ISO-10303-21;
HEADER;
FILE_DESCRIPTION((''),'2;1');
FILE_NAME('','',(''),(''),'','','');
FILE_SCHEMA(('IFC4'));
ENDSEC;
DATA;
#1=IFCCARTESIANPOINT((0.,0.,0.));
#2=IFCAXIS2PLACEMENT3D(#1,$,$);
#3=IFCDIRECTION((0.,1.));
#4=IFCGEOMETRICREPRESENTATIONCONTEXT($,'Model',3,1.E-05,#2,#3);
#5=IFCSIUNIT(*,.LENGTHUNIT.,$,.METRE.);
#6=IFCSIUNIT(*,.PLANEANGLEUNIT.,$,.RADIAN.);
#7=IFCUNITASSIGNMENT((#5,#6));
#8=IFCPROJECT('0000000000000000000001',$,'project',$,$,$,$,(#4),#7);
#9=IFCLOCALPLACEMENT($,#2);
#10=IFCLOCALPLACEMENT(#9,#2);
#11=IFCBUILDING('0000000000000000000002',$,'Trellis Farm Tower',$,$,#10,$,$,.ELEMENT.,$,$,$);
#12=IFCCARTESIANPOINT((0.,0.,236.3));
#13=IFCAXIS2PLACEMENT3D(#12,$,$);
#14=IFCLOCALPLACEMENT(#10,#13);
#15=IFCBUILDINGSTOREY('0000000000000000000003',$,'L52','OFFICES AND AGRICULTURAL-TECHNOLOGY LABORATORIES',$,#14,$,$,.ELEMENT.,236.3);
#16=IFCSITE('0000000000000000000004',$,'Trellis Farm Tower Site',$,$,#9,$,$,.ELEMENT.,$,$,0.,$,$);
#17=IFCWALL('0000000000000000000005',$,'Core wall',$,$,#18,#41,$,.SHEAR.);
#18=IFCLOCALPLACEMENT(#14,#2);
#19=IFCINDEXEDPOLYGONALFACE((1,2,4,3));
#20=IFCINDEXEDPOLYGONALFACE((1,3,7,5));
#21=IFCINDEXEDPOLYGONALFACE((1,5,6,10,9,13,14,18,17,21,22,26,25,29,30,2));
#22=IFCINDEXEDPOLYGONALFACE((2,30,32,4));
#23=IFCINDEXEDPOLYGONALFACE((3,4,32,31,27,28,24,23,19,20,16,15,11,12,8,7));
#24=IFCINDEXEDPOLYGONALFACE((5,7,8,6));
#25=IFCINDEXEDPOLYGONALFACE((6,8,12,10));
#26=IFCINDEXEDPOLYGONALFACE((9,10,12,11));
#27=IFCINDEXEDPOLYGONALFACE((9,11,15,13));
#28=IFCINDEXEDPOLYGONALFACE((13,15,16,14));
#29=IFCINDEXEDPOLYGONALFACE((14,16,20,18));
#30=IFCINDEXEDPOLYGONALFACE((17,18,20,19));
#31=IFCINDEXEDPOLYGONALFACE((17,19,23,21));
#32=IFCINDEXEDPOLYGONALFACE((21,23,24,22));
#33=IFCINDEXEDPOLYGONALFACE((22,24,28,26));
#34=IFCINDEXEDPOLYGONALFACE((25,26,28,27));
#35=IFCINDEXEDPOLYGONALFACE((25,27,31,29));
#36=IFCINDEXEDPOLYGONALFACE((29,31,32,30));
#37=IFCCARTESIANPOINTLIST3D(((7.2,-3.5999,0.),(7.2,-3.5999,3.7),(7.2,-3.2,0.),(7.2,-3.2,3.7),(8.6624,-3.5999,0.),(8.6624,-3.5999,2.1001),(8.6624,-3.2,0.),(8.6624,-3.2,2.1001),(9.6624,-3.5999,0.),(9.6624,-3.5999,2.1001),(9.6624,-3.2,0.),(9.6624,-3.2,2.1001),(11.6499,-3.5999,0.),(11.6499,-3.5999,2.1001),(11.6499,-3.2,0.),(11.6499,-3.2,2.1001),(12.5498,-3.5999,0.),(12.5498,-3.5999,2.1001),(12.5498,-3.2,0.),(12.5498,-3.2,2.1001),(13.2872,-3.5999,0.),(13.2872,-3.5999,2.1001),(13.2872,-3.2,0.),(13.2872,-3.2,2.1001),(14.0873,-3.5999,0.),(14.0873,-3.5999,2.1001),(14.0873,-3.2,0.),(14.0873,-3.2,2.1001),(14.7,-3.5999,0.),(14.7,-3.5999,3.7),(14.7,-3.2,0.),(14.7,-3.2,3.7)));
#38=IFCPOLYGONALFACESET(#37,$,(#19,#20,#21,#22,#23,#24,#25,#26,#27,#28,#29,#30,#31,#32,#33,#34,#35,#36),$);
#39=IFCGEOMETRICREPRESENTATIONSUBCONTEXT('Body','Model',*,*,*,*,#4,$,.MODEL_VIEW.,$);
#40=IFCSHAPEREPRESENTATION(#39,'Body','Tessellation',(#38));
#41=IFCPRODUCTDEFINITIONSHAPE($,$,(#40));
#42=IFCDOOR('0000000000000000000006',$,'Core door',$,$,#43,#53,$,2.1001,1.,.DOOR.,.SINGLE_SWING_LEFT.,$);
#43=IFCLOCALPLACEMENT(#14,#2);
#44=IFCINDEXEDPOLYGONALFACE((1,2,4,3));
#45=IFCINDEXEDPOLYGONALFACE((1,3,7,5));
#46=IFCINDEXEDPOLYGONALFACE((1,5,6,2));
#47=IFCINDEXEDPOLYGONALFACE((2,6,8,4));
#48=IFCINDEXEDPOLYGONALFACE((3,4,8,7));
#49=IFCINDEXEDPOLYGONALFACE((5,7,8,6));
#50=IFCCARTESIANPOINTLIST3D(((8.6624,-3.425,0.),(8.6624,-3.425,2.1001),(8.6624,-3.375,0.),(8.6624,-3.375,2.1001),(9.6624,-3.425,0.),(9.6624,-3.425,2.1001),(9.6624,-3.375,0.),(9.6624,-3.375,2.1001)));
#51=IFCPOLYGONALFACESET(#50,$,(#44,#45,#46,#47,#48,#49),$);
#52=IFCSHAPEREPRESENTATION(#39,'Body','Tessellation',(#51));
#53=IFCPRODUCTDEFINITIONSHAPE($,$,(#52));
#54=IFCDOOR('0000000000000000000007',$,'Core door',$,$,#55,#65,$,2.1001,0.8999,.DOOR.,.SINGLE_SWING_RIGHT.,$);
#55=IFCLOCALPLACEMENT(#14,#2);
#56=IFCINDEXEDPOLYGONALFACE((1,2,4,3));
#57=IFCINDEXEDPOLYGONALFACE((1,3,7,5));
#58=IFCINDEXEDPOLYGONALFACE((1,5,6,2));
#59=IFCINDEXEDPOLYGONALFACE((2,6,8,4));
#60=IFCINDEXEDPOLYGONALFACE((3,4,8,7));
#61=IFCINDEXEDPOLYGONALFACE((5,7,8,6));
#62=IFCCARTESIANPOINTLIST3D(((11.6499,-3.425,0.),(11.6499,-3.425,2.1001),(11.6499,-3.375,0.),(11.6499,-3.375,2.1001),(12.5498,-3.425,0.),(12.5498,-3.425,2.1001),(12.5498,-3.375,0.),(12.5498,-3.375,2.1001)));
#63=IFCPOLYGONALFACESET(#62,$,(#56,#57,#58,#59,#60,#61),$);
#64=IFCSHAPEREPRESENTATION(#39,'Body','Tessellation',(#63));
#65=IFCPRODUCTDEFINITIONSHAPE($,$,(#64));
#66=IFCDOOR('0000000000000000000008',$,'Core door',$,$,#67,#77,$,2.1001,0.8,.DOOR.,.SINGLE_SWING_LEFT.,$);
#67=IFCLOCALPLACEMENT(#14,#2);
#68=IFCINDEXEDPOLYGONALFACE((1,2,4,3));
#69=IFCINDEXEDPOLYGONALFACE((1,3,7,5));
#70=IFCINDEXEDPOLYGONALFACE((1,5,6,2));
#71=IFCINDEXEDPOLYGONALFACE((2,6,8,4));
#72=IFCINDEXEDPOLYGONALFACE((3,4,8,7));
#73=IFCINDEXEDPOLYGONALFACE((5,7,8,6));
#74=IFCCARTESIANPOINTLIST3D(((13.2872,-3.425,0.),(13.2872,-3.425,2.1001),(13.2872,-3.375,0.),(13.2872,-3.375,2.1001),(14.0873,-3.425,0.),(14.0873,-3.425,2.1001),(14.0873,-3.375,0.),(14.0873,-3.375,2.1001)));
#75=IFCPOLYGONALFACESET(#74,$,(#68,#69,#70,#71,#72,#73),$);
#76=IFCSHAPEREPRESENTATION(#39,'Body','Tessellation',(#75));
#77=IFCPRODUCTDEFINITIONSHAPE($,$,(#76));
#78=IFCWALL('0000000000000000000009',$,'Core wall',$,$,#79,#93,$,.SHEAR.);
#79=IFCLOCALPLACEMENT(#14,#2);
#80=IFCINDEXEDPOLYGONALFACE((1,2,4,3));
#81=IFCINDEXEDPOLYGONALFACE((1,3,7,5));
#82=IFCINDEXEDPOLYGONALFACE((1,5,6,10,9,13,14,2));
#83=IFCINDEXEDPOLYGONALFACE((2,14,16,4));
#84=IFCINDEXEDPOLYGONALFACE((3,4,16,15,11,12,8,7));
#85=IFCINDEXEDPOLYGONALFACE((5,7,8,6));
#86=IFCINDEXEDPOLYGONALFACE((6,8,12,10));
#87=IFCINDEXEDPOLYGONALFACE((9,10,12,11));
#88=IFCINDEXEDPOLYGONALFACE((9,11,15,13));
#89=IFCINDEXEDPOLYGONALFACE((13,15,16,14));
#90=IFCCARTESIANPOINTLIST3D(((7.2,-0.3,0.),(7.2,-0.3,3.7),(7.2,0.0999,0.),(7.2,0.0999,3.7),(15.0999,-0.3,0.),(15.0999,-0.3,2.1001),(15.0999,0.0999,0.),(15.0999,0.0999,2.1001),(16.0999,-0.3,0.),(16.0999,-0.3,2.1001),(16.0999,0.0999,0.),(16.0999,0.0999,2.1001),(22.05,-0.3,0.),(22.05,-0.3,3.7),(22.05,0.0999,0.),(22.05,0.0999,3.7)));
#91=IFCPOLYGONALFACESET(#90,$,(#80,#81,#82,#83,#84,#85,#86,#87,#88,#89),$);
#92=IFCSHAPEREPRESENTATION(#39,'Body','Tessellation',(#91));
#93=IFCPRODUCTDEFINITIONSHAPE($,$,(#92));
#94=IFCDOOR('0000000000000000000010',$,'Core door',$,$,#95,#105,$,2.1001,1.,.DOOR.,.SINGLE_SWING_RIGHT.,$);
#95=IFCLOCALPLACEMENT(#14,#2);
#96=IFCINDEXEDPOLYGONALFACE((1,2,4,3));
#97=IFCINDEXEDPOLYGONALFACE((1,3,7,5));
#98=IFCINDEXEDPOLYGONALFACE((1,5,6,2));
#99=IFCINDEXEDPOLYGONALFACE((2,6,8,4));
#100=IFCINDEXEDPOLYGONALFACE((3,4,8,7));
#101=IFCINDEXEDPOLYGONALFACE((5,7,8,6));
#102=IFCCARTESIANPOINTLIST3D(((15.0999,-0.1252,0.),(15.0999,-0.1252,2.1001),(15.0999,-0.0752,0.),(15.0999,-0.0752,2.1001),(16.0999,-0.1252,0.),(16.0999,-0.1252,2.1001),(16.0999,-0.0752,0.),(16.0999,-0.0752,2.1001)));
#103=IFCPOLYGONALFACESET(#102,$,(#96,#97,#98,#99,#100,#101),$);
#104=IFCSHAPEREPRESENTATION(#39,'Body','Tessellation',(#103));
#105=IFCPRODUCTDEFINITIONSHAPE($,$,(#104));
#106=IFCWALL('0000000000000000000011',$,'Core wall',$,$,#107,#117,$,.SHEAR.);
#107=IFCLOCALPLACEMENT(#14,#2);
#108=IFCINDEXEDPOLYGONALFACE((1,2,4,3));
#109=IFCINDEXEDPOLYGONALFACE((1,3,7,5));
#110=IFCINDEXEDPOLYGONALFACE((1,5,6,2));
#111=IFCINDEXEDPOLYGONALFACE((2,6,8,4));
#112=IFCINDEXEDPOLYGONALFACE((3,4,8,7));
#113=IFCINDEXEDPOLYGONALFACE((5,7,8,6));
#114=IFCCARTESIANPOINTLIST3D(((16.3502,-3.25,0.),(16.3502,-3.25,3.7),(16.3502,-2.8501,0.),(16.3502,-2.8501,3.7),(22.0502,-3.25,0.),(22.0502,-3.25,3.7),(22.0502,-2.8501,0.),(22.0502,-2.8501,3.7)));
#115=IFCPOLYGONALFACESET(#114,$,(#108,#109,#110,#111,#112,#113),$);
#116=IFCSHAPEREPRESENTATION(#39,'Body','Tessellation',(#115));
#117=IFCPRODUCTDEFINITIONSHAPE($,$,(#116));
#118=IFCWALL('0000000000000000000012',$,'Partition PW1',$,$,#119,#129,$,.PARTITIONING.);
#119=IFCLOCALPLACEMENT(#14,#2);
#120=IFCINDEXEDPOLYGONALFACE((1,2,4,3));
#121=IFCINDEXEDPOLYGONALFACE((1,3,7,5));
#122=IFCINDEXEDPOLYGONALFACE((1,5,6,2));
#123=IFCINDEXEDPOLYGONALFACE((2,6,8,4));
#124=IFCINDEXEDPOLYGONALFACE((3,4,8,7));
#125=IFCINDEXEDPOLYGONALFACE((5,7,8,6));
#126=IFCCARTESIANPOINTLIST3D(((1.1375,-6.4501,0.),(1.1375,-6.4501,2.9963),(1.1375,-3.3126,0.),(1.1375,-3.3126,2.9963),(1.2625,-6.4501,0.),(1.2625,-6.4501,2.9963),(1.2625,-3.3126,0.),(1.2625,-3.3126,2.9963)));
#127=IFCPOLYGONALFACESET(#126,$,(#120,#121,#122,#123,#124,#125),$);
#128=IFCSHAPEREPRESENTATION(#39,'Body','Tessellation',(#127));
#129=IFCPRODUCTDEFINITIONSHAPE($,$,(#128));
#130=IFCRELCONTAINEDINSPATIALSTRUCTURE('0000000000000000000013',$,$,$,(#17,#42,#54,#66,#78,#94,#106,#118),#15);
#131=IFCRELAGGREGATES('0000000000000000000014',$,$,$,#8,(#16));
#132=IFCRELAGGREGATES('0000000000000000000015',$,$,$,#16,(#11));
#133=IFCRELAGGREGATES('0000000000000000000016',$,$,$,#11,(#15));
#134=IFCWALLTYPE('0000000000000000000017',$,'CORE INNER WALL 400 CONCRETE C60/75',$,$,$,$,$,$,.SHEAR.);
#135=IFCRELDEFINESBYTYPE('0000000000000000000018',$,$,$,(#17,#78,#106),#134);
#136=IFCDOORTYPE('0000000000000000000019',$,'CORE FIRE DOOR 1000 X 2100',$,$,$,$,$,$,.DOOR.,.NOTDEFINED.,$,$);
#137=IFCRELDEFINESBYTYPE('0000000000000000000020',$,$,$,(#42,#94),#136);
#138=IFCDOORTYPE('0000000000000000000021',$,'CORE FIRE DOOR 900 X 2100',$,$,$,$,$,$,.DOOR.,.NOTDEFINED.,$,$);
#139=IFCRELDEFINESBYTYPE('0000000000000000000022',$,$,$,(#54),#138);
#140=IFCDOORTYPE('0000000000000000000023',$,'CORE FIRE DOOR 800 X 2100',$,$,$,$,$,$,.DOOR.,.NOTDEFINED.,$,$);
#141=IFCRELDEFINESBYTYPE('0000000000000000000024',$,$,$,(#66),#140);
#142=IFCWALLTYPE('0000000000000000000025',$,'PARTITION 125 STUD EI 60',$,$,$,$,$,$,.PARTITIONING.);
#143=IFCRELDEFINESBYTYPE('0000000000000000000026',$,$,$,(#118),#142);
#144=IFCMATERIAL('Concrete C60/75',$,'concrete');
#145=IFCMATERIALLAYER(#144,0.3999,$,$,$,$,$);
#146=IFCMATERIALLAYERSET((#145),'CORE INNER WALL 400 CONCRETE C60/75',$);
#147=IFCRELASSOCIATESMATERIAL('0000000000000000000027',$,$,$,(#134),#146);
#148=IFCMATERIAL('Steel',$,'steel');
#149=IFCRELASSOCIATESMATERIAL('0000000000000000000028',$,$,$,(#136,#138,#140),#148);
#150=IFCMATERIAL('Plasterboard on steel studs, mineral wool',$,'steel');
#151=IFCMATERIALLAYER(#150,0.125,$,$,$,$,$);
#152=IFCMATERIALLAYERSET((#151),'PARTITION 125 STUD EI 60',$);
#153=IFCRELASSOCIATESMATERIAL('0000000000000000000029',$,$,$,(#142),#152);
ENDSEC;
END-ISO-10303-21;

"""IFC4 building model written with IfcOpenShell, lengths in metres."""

from ifc_helpers import new_model, si_unit, direction, frame, frame_2d, origin, place, context, subcontext, project, spatial, rectangle, extrude, source, transform, mapped, material, layer, layer_set, type_object, element, fill, save


model = new_model("IFC4")

# Units and contexts
model_context = context("Model", 3, precision=1e-05, world=origin(), true_north=direction((0.0, 1.0)))
body_context = subcontext(model_context, "Body", "Model", "MODEL_VIEW")
ifc_project = project(units=[si_unit("LENGTHUNIT", "METRE"), si_unit("PLANEANGLEUNIT", "RADIAN")], contexts=[model_context])

# Site, building, storey
site_placement = place(None, origin())
site = spatial("IfcSite", under=ifc_project, at=site_placement, Name="Trellis Farm Tower Site", CompositionType="ELEMENT", RefElevation=0.0)
building_placement = place(site_placement, origin())
building = spatial("IfcBuilding", under=site, at=building_placement, Name="Trellis Farm Tower", CompositionType="ELEMENT")
storey_placement = place(building_placement, frame((0.0, 0.0, 236.3)))
storey = spatial("IfcBuildingStorey", under=building, at=storey_placement, Name="L52", Description="OFFICES AND AGRICULTURAL-TECHNOLOGY LABORATORIES", CompositionType="ELEMENT", Elevation=236.3)

# Shared definitions
ifc_material_1 = material(Name="Concrete C60/75", Category="concrete")

# Wall, openings, doors
ifc_layer_1 = layer(ifc_material_1, 0.3999)
ifc_layer_set_1 = layer_set([ifc_layer_1], Name="CORE INNER WALL 400 CONCRETE C60/75")
wall_type_1 = type_object("IfcWallType", Name="CORE INNER WALL 400 CONCRETE C60/75", PredefinedType="SHEAR", material=ifc_layer_set_1)
shared_shape_1 = source(origin(), body_context, "Body", "SweptSolid", [
    extrude(rectangle(XDim=7.5, YDim=0.3999, at=frame_2d((3.75, 0.0))), origin(), (0.0, 0.0, 1.0), 3.7),
])
wall_1_placement = place(storey_placement, frame((7.2, -3.3999, 0.0), z_axis=(0.0, 0.0, 1.0), x_axis=(1.0, 0.0, 0.0)))
wall_1 = element("IfcWall", 1, at=wall_1_placement, inside=storey, type_object=wall_type_1, Name="Core wall", PredefinedType="SHEAR", context=body_context, shape_type="MappedRepresentation", body=[
    mapped(shared_shape_1, transform((0.0, 0.0, 0.0))),
])
shared_shape_2 = source(origin(), body_context, "Body", "SweptSolid", [
    extrude(rectangle(XDim=1.0, YDim=2.1001, at=frame_2d((0.5, 1.05))), frame((0.0, 0.21, 0.0), z_axis=(0.0, -1.0, 0.0), x_axis=(1.0, 0.0, 0.0)), (0.0, 0.0, 1.0), 0.4199),
])
opening_1_placement = place(wall_1_placement, frame((1.4624, 0.0, 0.0)))
opening_1 = element("IfcOpeningElement", 2, at=opening_1_placement, cuts=wall_1, PredefinedType="OPENING", context=body_context, shape_type="MappedRepresentation", body=[
    mapped(shared_shape_2, transform((0.0, 0.0, 0.0))),
])
shared_shape_3 = source(origin(), body_context, "Body", "SweptSolid", [
    extrude(rectangle(XDim=0.8999, YDim=2.1001, at=frame_2d((0.45, 1.05))), frame((0.0, 0.21, 0.0), z_axis=(0.0, -1.0, 0.0), x_axis=(1.0, 0.0, 0.0)), (0.0, 0.0, 1.0), 0.4199),
])
opening_2_placement = place(wall_1_placement, frame((4.45, 0.0, 0.0)))
opening_2 = element("IfcOpeningElement", 3, at=opening_2_placement, cuts=wall_1, PredefinedType="OPENING", context=body_context, shape_type="MappedRepresentation", body=[
    mapped(shared_shape_3, transform((0.0, 0.0, 0.0))),
])
shared_shape_4 = source(origin(), body_context, "Body", "SweptSolid", [
    extrude(rectangle(XDim=0.8, YDim=2.1001, at=frame_2d((0.3999, 1.05))), frame((0.0, 0.21, 0.0), z_axis=(0.0, -1.0, 0.0), x_axis=(1.0, 0.0, 0.0)), (0.0, 0.0, 1.0), 0.4199),
])
opening_3_placement = place(wall_1_placement, frame((6.0874, 0.0, 0.0)))
opening_3 = element("IfcOpeningElement", 4, at=opening_3_placement, cuts=wall_1, PredefinedType="OPENING", context=body_context, shape_type="MappedRepresentation", body=[
    mapped(shared_shape_4, transform((0.0, 0.0, 0.0))),
])
ifc_material_2 = material(Name="Steel", Category="steel")
door_type_1 = type_object("IfcDoorType", Name="CORE FIRE DOOR 1000 X 2100", OperationType="NOTDEFINED", PredefinedType="DOOR", material=ifc_material_2)
shared_shape_5 = source(origin(), body_context, "Body", "SweptSolid", [
    extrude(rectangle(XDim=1.0, YDim=2.1001, at=frame_2d((0.5, 1.05))), frame((0.0, 0.0249, 0.0), z_axis=(0.0, -1.0, 0.0), x_axis=(1.0, 0.0, 0.0)), (0.0, 0.0, 1.0), 0.05),
])
door_1_placement = place(opening_1_placement, origin())
door_1 = element("IfcDoor", 5, at=door_1_placement, inside=storey, type_object=door_type_1, Name="Core door", OperationType="SINGLE_SWING_LEFT", OverallHeight=2.1001, OverallWidth=1.0, PredefinedType="DOOR", context=body_context, shape_type="MappedRepresentation", body=[
    mapped(shared_shape_5, transform((0.0, 0.0, 0.0))),
])
fill(opening_1, door_1)
door_type_2 = type_object("IfcDoorType", Name="CORE FIRE DOOR 900 X 2100", OperationType="NOTDEFINED", PredefinedType="DOOR", material=ifc_material_2)
shared_shape_6 = source(origin(), body_context, "Body", "SweptSolid", [
    extrude(rectangle(XDim=0.8999, YDim=2.1001, at=frame_2d((0.45, 1.05))), frame((0.0, 0.0249, 0.0), z_axis=(0.0, -1.0, 0.0), x_axis=(1.0, 0.0, 0.0)), (0.0, 0.0, 1.0), 0.05),
])
door_2_placement = place(opening_2_placement, origin())
door_2 = element("IfcDoor", 6, at=door_2_placement, inside=storey, type_object=door_type_2, Name="Core door", OperationType="SINGLE_SWING_RIGHT", OverallHeight=2.1001, OverallWidth=0.8999, PredefinedType="DOOR", context=body_context, shape_type="MappedRepresentation", body=[
    mapped(shared_shape_6, transform((0.0, 0.0, 0.0))),
])
fill(opening_2, door_2)
door_type_3 = type_object("IfcDoorType", Name="CORE FIRE DOOR 800 X 2100", OperationType="NOTDEFINED", PredefinedType="DOOR", material=ifc_material_2)
shared_shape_7 = source(origin(), body_context, "Body", "SweptSolid", [
    extrude(rectangle(XDim=0.8, YDim=2.1001, at=frame_2d((0.3999, 1.05))), frame((0.0, 0.0249, 0.0), z_axis=(0.0, -1.0, 0.0), x_axis=(1.0, 0.0, 0.0)), (0.0, 0.0, 1.0), 0.05),
])
door_3_placement = place(opening_3_placement, origin())
door_3 = element("IfcDoor", 7, at=door_3_placement, inside=storey, type_object=door_type_3, Name="Core door", OperationType="SINGLE_SWING_LEFT", OverallHeight=2.1001, OverallWidth=0.8, PredefinedType="DOOR", context=body_context, shape_type="MappedRepresentation", body=[
    mapped(shared_shape_7, transform((0.0, 0.0, 0.0))),
])
fill(opening_3, door_3)

# Wall, opening, door
shared_shape_8 = source(origin(), body_context, "Body", "SweptSolid", [
    extrude(rectangle(XDim=14.8501, YDim=0.3999, at=frame_2d((7.425, 0.0))), origin(), (0.0, 0.0, 1.0), 3.7),
])
wall_2_placement = place(storey_placement, frame((7.2, -0.1001, 0.0), z_axis=(0.0, 0.0, 1.0), x_axis=(1.0, 0.0, 0.0)))
wall_2 = element("IfcWall", 8, at=wall_2_placement, inside=storey, type_object=wall_type_1, Name="Core wall", PredefinedType="SHEAR", context=body_context, shape_type="MappedRepresentation", body=[
    mapped(shared_shape_8, transform((0.0, 0.0, 0.0))),
])
opening_4_placement = place(wall_2_placement, frame((7.8999, 0.0, 0.0)))
opening_4 = element("IfcOpeningElement", 9, at=opening_4_placement, cuts=wall_2, PredefinedType="OPENING", context=body_context, shape_type="MappedRepresentation", body=[
    mapped(shared_shape_2, transform((0.0, 0.0, 0.0))),
])
door_4_placement = place(opening_4_placement, origin())
door_4 = element("IfcDoor", 10, at=door_4_placement, inside=storey, type_object=door_type_1, Name="Core door", OperationType="SINGLE_SWING_RIGHT", OverallHeight=2.1001, OverallWidth=1.0, PredefinedType="DOOR", context=body_context, shape_type="MappedRepresentation", body=[
    mapped(shared_shape_5, transform((0.0, 0.0, 0.0))),
])
fill(opening_4, door_4)

# Walls
shared_shape_9 = source(origin(), body_context, "Body", "SweptSolid", [
    extrude(rectangle(XDim=5.7, YDim=0.3999, at=frame_2d((2.8501, 0.0))), origin(), (0.0, 0.0, 1.0), 3.7),
])
wall_3_placement = place(storey_placement, frame((16.3501, -3.05, 0.0), z_axis=(0.0, 0.0, 1.0), x_axis=(1.0, 0.0, 0.0)))
element("IfcWall", 11, at=wall_3_placement, inside=storey, type_object=wall_type_1, Name="Core wall", PredefinedType="SHEAR", context=body_context, shape_type="MappedRepresentation", body=[
    mapped(shared_shape_9, transform((0.0, 0.0, 0.0))),
])
ifc_material_3 = material(Name="Plasterboard on steel studs, mineral wool", Category="steel")
ifc_layer_2 = layer(ifc_material_3, 0.125)
ifc_layer_set_2 = layer_set([ifc_layer_2], Name="PARTITION 125 STUD EI 60")
wall_type_2 = type_object("IfcWallType", Name="PARTITION 125 STUD EI 60", PredefinedType="PARTITIONING", material=ifc_layer_set_2)
shared_shape_10 = source(origin(), body_context, "Body", "SweptSolid", [
    extrude(rectangle(XDim=3.1375, YDim=0.125, at=frame_2d((1.5688, 0.0))), origin(), (0.0, 0.0, 1.0), 2.9963),
])
wall_4_placement = place(storey_placement, frame((1.2, -3.3125, 0.0), z_axis=(0.0, 0.0, 1.0), x_axis=(0.0, -1.0, 0.0)))
element("IfcWall", 12, at=wall_4_placement, inside=storey, type_object=wall_type_2, Name="Partition PW1", PredefinedType="PARTITIONING", context=body_context, shape_type="MappedRepresentation", body=[
    mapped(shared_shape_10, transform((0.0, 0.0, 0.0))),
])

save(model, "model.ifc")
